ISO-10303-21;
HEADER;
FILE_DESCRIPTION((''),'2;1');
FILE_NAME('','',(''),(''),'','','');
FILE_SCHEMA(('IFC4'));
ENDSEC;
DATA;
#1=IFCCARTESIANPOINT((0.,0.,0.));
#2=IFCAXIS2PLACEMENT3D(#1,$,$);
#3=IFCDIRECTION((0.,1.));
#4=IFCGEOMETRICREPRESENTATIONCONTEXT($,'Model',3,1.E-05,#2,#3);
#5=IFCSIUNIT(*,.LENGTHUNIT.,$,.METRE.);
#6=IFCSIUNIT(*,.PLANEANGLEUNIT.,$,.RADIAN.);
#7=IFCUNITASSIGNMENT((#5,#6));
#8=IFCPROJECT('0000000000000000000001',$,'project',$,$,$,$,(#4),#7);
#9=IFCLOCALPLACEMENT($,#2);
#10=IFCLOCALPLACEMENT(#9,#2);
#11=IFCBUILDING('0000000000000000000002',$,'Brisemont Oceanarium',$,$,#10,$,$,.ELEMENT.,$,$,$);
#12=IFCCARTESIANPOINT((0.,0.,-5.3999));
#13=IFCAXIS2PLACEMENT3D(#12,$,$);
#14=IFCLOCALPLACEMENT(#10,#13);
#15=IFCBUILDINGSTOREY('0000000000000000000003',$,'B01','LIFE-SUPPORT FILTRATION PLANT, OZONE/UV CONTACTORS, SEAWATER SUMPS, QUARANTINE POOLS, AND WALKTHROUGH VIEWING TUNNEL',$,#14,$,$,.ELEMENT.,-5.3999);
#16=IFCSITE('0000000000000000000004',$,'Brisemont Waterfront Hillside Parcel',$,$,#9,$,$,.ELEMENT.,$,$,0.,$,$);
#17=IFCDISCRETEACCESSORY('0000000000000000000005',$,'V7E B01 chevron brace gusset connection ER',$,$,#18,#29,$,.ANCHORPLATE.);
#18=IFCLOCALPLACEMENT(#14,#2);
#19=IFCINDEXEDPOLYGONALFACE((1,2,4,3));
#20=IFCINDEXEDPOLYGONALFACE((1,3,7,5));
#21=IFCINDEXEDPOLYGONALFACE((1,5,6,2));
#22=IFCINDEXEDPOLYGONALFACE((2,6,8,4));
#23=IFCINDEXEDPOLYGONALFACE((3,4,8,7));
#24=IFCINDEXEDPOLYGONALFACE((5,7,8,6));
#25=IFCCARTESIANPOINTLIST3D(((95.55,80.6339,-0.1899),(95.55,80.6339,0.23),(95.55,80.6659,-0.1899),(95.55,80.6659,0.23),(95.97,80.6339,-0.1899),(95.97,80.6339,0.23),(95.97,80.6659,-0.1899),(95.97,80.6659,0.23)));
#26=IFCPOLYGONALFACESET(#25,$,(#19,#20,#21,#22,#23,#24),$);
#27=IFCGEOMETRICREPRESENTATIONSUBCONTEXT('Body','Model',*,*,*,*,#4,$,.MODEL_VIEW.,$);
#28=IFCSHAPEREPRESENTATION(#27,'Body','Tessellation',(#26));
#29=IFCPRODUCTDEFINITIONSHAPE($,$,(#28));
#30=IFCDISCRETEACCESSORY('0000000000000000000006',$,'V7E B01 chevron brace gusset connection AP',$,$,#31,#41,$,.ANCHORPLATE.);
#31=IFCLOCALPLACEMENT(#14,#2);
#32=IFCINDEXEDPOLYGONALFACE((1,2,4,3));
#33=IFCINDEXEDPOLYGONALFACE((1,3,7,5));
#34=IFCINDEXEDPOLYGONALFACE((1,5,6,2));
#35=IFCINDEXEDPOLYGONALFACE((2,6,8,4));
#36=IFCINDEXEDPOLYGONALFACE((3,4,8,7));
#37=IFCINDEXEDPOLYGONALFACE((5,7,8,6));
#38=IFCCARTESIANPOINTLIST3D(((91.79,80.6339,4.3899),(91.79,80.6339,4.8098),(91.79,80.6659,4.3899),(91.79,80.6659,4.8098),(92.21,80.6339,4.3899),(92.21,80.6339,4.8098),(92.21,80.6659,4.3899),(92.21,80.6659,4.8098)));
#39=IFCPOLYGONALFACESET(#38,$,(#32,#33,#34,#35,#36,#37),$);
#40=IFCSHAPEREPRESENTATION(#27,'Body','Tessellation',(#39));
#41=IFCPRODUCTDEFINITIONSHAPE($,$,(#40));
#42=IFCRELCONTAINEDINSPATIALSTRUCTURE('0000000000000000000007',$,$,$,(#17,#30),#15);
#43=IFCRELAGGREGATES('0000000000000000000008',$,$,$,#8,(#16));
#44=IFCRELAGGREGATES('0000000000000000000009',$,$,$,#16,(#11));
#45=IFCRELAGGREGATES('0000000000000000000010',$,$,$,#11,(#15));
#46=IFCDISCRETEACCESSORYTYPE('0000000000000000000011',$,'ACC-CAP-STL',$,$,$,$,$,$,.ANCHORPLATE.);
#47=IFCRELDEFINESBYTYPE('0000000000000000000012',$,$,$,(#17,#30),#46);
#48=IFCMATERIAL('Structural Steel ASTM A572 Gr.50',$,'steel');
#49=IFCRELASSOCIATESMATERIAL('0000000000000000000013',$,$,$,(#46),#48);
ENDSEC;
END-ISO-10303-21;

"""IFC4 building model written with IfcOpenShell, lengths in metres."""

from ifc_helpers import new_model, si_unit, direction, frame, origin, origin_2d, place, context, subcontext, project, spatial, rectangle, extrude, material, type_object, element, save


model = new_model("IFC4")

# Units and contexts
model_context = context("Model", 3, precision=1e-05, world=origin(), true_north=direction((0.0, 1.0)))
body_context = subcontext(model_context, "Body", "Model", "MODEL_VIEW")
ifc_project = project(units=[si_unit("LENGTHUNIT", "METRE"), si_unit("PLANEANGLEUNIT", "RADIAN")], contexts=[model_context])

# Site, building, storey
site_placement = place(None, origin())
site = spatial("IfcSite", under=ifc_project, at=site_placement, Name="Brisemont Waterfront Hillside Parcel", CompositionType="ELEMENT", RefElevation=0.0)
building_placement = place(site_placement, origin())
building = spatial("IfcBuilding", under=site, at=building_placement, Name="Brisemont Oceanarium", CompositionType="ELEMENT")
storey_placement = place(building_placement, frame((0.0, 0.0, -5.3999)))
storey = spatial("IfcBuildingStorey", under=building, at=storey_placement, Name="B01", Description="LIFE-SUPPORT FILTRATION PLANT, OZONE/UV CONTACTORS, SEAWATER SUMPS, QUARANTINE POOLS, AND WALKTHROUGH VIEWING TUNNEL", CompositionType="ELEMENT", Elevation=-5.3999)

# Discrete accessories
ifc_material_1 = material(Name="Structural Steel ASTM A572 Gr.50", Category="steel")
discrete_accessory_type = type_object("IfcDiscreteAccessoryType", Name="ACC-CAP-STL", PredefinedType="ANCHORPLATE", material=ifc_material_1)
for number, where, z_axis, x_axis, name in (
    (1, (95.76, 80.6499, -0.1899), (0.0, 0.0, 1.0), (1.0, 0.0, 0.0), "V7E B01 chevron brace gusset connection ER"),
    (2, (92.0, 80.6499, 4.3899), (0.0, 0.0, 1.0), (1.0, 0.0, 0.0), "V7E B01 chevron brace gusset connection AP"),
):
    element("IfcDiscreteAccessory", number, at=place(storey_placement, frame(where, z_axis=z_axis, x_axis=x_axis)), inside=storey, type_object=discrete_accessory_type, Name=name, PredefinedType="ANCHORPLATE", context=body_context, shape_type="SweptSolid", body=[
        extrude(rectangle(XDim=0.4199, YDim=0.032, at=origin_2d()), origin(), (0.0, 0.0, 1.0), 0.4199),
    ])

save(model, "model.ifc")
